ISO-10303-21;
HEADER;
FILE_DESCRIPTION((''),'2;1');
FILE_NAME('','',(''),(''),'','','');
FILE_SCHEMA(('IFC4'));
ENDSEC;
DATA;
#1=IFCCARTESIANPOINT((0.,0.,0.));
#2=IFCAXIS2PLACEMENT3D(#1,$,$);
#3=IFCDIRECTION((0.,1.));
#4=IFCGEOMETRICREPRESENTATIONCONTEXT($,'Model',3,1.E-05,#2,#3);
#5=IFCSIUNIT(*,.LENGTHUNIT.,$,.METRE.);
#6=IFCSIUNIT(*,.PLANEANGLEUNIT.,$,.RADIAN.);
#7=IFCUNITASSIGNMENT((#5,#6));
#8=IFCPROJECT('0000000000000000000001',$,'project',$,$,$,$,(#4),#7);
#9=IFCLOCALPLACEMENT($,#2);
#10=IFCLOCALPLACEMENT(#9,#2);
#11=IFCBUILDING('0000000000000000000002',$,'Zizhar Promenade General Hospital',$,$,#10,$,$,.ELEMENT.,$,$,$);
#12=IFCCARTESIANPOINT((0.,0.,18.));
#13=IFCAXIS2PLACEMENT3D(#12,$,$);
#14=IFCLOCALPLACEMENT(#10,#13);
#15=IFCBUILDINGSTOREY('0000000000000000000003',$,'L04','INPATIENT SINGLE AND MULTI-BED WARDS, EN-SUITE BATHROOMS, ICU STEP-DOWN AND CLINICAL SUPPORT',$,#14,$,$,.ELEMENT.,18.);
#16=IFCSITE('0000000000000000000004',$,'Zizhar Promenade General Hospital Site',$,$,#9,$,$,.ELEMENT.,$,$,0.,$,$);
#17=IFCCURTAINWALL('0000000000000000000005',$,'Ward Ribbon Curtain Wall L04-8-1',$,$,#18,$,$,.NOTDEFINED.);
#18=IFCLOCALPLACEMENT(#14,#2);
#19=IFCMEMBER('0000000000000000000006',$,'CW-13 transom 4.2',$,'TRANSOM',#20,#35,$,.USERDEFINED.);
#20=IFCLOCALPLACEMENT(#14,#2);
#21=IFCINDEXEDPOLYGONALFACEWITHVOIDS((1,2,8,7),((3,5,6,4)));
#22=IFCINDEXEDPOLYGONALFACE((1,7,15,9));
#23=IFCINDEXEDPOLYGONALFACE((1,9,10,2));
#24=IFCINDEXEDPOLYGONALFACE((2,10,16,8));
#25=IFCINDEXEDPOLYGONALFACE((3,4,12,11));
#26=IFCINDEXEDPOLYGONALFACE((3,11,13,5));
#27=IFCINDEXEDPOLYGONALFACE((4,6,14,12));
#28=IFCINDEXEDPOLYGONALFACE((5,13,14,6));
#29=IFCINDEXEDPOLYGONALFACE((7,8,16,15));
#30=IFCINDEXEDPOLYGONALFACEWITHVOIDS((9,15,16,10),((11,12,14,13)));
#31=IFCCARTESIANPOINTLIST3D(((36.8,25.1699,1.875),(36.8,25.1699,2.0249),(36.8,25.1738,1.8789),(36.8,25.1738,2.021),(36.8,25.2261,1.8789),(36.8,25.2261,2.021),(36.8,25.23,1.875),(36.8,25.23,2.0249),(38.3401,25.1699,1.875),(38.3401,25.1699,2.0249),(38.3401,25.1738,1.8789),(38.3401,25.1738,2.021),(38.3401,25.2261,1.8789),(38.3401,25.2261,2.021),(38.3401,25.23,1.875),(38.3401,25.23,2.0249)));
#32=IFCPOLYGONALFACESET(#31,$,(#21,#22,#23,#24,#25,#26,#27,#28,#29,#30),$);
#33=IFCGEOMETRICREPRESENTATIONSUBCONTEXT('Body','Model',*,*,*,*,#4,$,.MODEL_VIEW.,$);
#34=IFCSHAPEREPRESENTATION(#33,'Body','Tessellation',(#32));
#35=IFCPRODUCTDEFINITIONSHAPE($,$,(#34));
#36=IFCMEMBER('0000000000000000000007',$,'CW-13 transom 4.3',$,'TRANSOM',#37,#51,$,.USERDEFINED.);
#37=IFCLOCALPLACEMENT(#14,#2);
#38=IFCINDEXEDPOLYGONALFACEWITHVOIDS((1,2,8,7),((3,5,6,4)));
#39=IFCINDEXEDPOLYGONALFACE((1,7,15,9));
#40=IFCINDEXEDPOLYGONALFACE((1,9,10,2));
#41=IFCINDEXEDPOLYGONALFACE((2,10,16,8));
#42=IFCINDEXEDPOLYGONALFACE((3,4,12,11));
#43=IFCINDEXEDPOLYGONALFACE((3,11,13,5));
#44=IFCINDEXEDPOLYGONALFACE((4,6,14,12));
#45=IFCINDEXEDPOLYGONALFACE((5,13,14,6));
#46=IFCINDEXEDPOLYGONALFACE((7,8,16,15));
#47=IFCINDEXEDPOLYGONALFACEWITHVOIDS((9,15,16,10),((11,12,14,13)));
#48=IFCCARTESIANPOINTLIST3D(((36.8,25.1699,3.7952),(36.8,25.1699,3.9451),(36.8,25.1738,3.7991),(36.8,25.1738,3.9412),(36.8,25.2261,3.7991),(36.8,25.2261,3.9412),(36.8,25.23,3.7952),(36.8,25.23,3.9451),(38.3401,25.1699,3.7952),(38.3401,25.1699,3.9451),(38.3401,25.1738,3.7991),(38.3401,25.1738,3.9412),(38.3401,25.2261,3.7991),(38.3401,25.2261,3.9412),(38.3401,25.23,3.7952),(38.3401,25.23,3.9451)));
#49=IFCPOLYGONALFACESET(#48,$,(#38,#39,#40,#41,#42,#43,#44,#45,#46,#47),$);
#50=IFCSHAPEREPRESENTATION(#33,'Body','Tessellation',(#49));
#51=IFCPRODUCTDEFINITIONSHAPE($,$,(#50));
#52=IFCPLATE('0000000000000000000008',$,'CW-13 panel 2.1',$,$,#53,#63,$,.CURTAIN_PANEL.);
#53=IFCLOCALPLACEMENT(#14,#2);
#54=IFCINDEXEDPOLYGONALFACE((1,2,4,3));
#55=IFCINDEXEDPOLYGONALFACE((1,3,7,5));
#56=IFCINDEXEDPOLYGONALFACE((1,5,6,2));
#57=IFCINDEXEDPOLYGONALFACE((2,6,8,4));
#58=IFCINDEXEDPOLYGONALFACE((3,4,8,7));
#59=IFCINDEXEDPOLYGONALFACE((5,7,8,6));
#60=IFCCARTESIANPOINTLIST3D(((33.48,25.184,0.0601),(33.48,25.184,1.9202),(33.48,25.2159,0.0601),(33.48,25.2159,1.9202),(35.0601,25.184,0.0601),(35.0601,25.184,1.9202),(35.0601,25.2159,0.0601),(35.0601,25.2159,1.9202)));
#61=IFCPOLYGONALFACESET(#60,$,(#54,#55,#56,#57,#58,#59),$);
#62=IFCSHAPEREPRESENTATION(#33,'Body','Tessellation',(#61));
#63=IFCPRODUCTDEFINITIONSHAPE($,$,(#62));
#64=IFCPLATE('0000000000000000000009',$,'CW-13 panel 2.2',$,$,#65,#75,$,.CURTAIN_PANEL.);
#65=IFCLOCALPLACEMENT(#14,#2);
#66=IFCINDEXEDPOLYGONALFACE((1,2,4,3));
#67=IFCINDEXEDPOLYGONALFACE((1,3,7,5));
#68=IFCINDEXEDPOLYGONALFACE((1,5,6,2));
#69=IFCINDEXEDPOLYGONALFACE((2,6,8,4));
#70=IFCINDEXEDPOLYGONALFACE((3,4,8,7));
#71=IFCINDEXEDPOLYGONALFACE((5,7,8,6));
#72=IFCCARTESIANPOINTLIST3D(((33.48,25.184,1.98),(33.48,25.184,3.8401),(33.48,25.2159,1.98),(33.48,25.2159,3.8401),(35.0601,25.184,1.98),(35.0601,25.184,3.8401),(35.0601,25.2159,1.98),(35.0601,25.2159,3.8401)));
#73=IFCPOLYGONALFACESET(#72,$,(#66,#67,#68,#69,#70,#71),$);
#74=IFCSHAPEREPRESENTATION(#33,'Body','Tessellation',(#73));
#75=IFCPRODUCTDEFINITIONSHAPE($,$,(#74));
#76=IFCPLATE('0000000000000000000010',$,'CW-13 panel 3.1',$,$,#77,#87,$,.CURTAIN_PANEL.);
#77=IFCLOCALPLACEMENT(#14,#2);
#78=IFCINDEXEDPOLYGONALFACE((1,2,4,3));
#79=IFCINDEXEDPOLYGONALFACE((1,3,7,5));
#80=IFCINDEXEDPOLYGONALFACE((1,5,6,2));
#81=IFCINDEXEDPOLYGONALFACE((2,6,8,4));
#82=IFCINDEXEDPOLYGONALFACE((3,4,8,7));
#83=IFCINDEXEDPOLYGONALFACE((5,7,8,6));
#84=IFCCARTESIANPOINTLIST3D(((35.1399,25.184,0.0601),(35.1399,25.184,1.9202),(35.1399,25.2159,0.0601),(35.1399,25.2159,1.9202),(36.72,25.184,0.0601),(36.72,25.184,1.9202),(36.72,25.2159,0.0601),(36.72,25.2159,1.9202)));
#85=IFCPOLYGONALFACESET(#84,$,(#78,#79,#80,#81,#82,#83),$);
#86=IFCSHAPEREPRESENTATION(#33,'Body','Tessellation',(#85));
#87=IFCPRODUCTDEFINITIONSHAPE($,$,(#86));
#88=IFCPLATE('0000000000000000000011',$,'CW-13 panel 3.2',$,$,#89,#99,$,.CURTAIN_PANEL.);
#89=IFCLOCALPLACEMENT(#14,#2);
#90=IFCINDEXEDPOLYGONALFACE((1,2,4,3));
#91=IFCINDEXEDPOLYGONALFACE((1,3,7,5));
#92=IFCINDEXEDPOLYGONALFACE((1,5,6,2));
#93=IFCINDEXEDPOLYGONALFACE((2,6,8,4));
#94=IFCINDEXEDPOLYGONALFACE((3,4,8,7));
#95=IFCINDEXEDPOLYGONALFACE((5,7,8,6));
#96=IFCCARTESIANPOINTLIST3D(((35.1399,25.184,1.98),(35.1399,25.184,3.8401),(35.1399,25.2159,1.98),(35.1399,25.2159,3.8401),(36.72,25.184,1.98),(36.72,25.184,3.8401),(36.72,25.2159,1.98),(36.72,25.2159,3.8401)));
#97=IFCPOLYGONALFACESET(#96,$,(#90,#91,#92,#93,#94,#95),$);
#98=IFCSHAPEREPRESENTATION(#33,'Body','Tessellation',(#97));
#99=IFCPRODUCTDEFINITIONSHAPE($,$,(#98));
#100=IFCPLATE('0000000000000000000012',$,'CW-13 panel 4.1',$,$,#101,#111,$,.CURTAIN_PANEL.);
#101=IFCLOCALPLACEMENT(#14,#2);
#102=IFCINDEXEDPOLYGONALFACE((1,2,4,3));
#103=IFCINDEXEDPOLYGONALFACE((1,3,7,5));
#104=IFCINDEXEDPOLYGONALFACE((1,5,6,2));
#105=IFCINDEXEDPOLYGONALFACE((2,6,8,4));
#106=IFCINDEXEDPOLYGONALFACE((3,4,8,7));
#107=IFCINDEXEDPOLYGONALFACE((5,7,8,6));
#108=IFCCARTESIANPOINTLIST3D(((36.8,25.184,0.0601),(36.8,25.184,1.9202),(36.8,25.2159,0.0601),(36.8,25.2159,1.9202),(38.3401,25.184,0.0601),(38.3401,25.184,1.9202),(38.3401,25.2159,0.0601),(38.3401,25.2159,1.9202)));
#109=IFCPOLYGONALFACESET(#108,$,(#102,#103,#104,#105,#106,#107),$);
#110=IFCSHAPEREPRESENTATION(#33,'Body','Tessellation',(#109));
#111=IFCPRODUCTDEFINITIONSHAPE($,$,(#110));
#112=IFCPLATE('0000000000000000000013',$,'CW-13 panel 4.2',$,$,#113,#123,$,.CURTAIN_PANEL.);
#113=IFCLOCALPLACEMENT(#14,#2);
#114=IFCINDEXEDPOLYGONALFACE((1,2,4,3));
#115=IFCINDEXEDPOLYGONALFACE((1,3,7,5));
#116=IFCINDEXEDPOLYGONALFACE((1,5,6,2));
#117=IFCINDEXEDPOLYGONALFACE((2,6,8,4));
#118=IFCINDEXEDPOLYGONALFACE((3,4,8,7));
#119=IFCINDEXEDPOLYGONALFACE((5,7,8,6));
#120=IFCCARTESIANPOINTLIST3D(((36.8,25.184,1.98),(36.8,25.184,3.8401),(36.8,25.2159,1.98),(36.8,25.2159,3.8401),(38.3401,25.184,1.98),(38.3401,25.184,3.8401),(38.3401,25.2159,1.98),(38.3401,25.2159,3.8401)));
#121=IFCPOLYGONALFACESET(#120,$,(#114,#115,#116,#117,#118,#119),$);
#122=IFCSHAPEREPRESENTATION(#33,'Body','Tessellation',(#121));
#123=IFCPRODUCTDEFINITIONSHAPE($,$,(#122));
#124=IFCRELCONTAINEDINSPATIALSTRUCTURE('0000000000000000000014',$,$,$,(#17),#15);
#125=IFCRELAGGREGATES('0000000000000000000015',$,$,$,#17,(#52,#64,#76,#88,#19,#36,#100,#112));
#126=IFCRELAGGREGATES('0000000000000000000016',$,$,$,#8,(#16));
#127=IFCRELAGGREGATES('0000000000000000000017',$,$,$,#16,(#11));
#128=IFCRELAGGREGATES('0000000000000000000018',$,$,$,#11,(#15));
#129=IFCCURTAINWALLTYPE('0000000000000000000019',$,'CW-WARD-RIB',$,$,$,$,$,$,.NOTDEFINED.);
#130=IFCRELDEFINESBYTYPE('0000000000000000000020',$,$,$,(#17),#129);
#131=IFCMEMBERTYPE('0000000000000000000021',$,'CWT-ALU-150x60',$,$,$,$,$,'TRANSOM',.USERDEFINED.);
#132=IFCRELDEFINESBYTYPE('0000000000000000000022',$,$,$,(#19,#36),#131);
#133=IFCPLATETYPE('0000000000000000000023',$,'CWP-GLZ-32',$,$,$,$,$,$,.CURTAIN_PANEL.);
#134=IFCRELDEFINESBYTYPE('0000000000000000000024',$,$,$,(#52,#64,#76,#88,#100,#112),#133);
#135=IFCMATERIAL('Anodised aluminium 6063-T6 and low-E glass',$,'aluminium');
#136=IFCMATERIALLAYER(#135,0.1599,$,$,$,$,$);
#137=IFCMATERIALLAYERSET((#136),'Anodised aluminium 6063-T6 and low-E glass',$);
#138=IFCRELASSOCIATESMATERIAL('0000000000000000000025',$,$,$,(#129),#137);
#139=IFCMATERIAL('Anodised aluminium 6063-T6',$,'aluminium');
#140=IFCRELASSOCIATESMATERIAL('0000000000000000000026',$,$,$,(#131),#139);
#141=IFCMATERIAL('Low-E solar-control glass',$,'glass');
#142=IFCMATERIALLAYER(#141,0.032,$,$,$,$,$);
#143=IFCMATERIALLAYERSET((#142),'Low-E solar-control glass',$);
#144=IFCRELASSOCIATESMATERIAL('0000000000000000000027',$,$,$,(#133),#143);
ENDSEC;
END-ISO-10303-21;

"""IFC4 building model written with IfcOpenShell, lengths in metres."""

from ifc_helpers import new_model, si_unit, direction, frame, origin, origin_2d, place, context, subcontext, project, spatial, rectangle, hollow_rectangle, extrude, material, layer, layer_set, material_profile, profile_set, type_object, element, aggregate, save


model = new_model("IFC4")

# Units and contexts
model_context = context("Model", 3, precision=1e-05, world=origin(), true_north=direction((0.0, 1.0)))
body_context = subcontext(model_context, "Body", "Model", "MODEL_VIEW")
ifc_project = project(units=[si_unit("LENGTHUNIT", "METRE"), si_unit("PLANEANGLEUNIT", "RADIAN")], contexts=[model_context])

# Site, building, storey
site_placement = place(None, origin())
site = spatial("IfcSite", under=ifc_project, at=site_placement, Name="Zizhar Promenade General Hospital Site", CompositionType="ELEMENT", RefElevation=0.0)
building_placement = place(site_placement, origin())
building = spatial("IfcBuilding", under=site, at=building_placement, Name="Zizhar Promenade General Hospital", CompositionType="ELEMENT")
storey_placement = place(building_placement, frame((0.0, 0.0, 18.0)))
storey = spatial("IfcBuildingStorey", under=building, at=storey_placement, Name="L04", Description="INPATIENT SINGLE AND MULTI-BED WARDS, EN-SUITE BATHROOMS, ICU STEP-DOWN AND CLINICAL SUPPORT", CompositionType="ELEMENT", Elevation=18.0)

# Curtain wall, members, plates
ifc_material_1 = material(Name="Anodised aluminium 6063-T6 and low-E glass", Category="aluminium")
ifc_layer_1 = layer(ifc_material_1, 0.1599)
ifc_layer_set_1 = layer_set([ifc_layer_1], Name="Anodised aluminium 6063-T6 and low-E glass")
curtain_wall_type = type_object("IfcCurtainWallType", Name="CW-WARD-RIB", PredefinedType="NOTDEFINED", material=ifc_layer_set_1)
curtain_wall_placement = place(storey_placement, origin())
curtain_wall = element("IfcCurtainWall", 1, at=curtain_wall_placement, inside=storey, type_object=curtain_wall_type, Name="Ward Ribbon Curtain Wall L04-8-1", PredefinedType="NOTDEFINED")
ifc_material_2 = material(Name="Anodised aluminium 6063-T6", Category="aluminium")
ifc_material_profile_1 = material_profile(ifc_material_2, hollow_rectangle(XDim=0.0601, YDim=0.1499, WallThickness=0.0039, at=origin_2d()))
ifc_profile_set_1 = profile_set([ifc_material_profile_1], Name="Anodised aluminium 6063-T6")
member_type_1 = type_object("IfcMemberType", Name="CWT-ALU-150x60", ElementType="TRANSOM", PredefinedType="USERDEFINED", material=ifc_profile_set_1)
member_1_placement = place(storey_placement, frame((36.8, 25.2, 1.95), z_axis=(1.0, 0.0, 0.0), x_axis=(0.0, 1.0, 0.0)))
member_1 = element("IfcMember", 2, at=member_1_placement, type_object=member_type_1, Name="CW-13 transom 4.2", ObjectType="TRANSOM", PredefinedType="USERDEFINED", context=body_context, shape_type="SweptSolid", body=[
    extrude(hollow_rectangle(XDim=0.0601, YDim=0.1499, WallThickness=0.0039, at=origin_2d()), origin(), (0.0, 0.0, 1.0), 1.54),
])
member_2_placement = place(storey_placement, frame((36.8, 25.2, 3.8701), z_axis=(1.0, 0.0, 0.0), x_axis=(0.0, 1.0, 0.0)))
member_2 = element("IfcMember", 3, at=member_2_placement, type_object=member_type_1, Name="CW-13 transom 4.3", ObjectType="TRANSOM", PredefinedType="USERDEFINED", context=body_context, shape_type="SweptSolid", body=[
    extrude(hollow_rectangle(XDim=0.0601, YDim=0.1499, WallThickness=0.0039, at=origin_2d()), origin(), (0.0, 0.0, 1.0), 1.54),
])
ifc_material_3 = material(Name="Low-E solar-control glass", Category="glass")
ifc_layer_2 = layer(ifc_material_3, 0.032)
ifc_layer_set_2 = layer_set([ifc_layer_2], Name="Low-E solar-control glass")
plate_type = type_object("IfcPlateType", Name="CWP-GLZ-32", PredefinedType="CURTAIN_PANEL", material=ifc_layer_set_2)
plate_1_placement = place(storey_placement, frame((34.27, 25.2, 0.0601), z_axis=(0.0, 0.0, 1.0), x_axis=(1.0, 0.0, 0.0)))
plate_1 = element("IfcPlate", 4, at=plate_1_placement, type_object=plate_type, Name="CW-13 panel 2.1", PredefinedType="CURTAIN_PANEL", context=body_context, shape_type="SweptSolid", body=[
    extrude(rectangle(XDim=1.5801, YDim=0.032, at=origin_2d()), origin(), (0.0, 0.0, 1.0), 1.8601),
])
plate_2_placement = place(storey_placement, frame((34.27, 25.2, 1.98), z_axis=(0.0, 0.0, 1.0), x_axis=(1.0, 0.0, 0.0)))
plate_2 = element("IfcPlate", 5, at=plate_2_placement, type_object=plate_type, Name="CW-13 panel 2.2", PredefinedType="CURTAIN_PANEL", context=body_context, shape_type="SweptSolid", body=[
    extrude(rectangle(XDim=1.5801, YDim=0.032, at=origin_2d()), origin(), (0.0, 0.0, 1.0), 1.8601),
])
plate_3_placement = place(storey_placement, frame((35.9299, 25.2, 0.0601), z_axis=(0.0, 0.0, 1.0), x_axis=(1.0, 0.0, 0.0)))
plate_3 = element("IfcPlate", 6, at=plate_3_placement, type_object=plate_type, Name="CW-13 panel 3.1", PredefinedType="CURTAIN_PANEL", context=body_context, shape_type="SweptSolid", body=[
    extrude(rectangle(XDim=1.5801, YDim=0.032, at=origin_2d()), origin(), (0.0, 0.0, 1.0), 1.8601),
])
plate_4_placement = place(storey_placement, frame((35.9299, 25.2, 1.98), z_axis=(0.0, 0.0, 1.0), x_axis=(1.0, 0.0, 0.0)))
plate_4 = element("IfcPlate", 7, at=plate_4_placement, type_object=plate_type, Name="CW-13 panel 3.2", PredefinedType="CURTAIN_PANEL", context=body_context, shape_type="SweptSolid", body=[
    extrude(rectangle(XDim=1.5801, YDim=0.032, at=origin_2d()), origin(), (0.0, 0.0, 1.0), 1.8601),
])
plate_5_placement = place(storey_placement, frame((37.5701, 25.2, 0.0601), z_axis=(0.0, 0.0, 1.0), x_axis=(1.0, 0.0, 0.0)))
plate_5 = element("IfcPlate", 8, at=plate_5_placement, type_object=plate_type, Name="CW-13 panel 4.1", PredefinedType="CURTAIN_PANEL", context=body_context, shape_type="SweptSolid", body=[
    extrude(rectangle(XDim=1.54, YDim=0.032, at=origin_2d()), origin(), (0.0, 0.0, 1.0), 1.8601),
])
plate_6_placement = place(storey_placement, frame((37.5701, 25.2, 1.98), z_axis=(0.0, 0.0, 1.0), x_axis=(1.0, 0.0, 0.0)))
plate_6 = element("IfcPlate", 9, at=plate_6_placement, type_object=plate_type, Name="CW-13 panel 4.2", PredefinedType="CURTAIN_PANEL", context=body_context, shape_type="SweptSolid", body=[
    extrude(rectangle(XDim=1.54, YDim=0.032, at=origin_2d()), origin(), (0.0, 0.0, 1.0), 1.8601),
])
aggregate(curtain_wall, [plate_1, plate_2, plate_3, plate_4, member_1, member_2, plate_5, plate_6])

save(model, "model.ifc")
